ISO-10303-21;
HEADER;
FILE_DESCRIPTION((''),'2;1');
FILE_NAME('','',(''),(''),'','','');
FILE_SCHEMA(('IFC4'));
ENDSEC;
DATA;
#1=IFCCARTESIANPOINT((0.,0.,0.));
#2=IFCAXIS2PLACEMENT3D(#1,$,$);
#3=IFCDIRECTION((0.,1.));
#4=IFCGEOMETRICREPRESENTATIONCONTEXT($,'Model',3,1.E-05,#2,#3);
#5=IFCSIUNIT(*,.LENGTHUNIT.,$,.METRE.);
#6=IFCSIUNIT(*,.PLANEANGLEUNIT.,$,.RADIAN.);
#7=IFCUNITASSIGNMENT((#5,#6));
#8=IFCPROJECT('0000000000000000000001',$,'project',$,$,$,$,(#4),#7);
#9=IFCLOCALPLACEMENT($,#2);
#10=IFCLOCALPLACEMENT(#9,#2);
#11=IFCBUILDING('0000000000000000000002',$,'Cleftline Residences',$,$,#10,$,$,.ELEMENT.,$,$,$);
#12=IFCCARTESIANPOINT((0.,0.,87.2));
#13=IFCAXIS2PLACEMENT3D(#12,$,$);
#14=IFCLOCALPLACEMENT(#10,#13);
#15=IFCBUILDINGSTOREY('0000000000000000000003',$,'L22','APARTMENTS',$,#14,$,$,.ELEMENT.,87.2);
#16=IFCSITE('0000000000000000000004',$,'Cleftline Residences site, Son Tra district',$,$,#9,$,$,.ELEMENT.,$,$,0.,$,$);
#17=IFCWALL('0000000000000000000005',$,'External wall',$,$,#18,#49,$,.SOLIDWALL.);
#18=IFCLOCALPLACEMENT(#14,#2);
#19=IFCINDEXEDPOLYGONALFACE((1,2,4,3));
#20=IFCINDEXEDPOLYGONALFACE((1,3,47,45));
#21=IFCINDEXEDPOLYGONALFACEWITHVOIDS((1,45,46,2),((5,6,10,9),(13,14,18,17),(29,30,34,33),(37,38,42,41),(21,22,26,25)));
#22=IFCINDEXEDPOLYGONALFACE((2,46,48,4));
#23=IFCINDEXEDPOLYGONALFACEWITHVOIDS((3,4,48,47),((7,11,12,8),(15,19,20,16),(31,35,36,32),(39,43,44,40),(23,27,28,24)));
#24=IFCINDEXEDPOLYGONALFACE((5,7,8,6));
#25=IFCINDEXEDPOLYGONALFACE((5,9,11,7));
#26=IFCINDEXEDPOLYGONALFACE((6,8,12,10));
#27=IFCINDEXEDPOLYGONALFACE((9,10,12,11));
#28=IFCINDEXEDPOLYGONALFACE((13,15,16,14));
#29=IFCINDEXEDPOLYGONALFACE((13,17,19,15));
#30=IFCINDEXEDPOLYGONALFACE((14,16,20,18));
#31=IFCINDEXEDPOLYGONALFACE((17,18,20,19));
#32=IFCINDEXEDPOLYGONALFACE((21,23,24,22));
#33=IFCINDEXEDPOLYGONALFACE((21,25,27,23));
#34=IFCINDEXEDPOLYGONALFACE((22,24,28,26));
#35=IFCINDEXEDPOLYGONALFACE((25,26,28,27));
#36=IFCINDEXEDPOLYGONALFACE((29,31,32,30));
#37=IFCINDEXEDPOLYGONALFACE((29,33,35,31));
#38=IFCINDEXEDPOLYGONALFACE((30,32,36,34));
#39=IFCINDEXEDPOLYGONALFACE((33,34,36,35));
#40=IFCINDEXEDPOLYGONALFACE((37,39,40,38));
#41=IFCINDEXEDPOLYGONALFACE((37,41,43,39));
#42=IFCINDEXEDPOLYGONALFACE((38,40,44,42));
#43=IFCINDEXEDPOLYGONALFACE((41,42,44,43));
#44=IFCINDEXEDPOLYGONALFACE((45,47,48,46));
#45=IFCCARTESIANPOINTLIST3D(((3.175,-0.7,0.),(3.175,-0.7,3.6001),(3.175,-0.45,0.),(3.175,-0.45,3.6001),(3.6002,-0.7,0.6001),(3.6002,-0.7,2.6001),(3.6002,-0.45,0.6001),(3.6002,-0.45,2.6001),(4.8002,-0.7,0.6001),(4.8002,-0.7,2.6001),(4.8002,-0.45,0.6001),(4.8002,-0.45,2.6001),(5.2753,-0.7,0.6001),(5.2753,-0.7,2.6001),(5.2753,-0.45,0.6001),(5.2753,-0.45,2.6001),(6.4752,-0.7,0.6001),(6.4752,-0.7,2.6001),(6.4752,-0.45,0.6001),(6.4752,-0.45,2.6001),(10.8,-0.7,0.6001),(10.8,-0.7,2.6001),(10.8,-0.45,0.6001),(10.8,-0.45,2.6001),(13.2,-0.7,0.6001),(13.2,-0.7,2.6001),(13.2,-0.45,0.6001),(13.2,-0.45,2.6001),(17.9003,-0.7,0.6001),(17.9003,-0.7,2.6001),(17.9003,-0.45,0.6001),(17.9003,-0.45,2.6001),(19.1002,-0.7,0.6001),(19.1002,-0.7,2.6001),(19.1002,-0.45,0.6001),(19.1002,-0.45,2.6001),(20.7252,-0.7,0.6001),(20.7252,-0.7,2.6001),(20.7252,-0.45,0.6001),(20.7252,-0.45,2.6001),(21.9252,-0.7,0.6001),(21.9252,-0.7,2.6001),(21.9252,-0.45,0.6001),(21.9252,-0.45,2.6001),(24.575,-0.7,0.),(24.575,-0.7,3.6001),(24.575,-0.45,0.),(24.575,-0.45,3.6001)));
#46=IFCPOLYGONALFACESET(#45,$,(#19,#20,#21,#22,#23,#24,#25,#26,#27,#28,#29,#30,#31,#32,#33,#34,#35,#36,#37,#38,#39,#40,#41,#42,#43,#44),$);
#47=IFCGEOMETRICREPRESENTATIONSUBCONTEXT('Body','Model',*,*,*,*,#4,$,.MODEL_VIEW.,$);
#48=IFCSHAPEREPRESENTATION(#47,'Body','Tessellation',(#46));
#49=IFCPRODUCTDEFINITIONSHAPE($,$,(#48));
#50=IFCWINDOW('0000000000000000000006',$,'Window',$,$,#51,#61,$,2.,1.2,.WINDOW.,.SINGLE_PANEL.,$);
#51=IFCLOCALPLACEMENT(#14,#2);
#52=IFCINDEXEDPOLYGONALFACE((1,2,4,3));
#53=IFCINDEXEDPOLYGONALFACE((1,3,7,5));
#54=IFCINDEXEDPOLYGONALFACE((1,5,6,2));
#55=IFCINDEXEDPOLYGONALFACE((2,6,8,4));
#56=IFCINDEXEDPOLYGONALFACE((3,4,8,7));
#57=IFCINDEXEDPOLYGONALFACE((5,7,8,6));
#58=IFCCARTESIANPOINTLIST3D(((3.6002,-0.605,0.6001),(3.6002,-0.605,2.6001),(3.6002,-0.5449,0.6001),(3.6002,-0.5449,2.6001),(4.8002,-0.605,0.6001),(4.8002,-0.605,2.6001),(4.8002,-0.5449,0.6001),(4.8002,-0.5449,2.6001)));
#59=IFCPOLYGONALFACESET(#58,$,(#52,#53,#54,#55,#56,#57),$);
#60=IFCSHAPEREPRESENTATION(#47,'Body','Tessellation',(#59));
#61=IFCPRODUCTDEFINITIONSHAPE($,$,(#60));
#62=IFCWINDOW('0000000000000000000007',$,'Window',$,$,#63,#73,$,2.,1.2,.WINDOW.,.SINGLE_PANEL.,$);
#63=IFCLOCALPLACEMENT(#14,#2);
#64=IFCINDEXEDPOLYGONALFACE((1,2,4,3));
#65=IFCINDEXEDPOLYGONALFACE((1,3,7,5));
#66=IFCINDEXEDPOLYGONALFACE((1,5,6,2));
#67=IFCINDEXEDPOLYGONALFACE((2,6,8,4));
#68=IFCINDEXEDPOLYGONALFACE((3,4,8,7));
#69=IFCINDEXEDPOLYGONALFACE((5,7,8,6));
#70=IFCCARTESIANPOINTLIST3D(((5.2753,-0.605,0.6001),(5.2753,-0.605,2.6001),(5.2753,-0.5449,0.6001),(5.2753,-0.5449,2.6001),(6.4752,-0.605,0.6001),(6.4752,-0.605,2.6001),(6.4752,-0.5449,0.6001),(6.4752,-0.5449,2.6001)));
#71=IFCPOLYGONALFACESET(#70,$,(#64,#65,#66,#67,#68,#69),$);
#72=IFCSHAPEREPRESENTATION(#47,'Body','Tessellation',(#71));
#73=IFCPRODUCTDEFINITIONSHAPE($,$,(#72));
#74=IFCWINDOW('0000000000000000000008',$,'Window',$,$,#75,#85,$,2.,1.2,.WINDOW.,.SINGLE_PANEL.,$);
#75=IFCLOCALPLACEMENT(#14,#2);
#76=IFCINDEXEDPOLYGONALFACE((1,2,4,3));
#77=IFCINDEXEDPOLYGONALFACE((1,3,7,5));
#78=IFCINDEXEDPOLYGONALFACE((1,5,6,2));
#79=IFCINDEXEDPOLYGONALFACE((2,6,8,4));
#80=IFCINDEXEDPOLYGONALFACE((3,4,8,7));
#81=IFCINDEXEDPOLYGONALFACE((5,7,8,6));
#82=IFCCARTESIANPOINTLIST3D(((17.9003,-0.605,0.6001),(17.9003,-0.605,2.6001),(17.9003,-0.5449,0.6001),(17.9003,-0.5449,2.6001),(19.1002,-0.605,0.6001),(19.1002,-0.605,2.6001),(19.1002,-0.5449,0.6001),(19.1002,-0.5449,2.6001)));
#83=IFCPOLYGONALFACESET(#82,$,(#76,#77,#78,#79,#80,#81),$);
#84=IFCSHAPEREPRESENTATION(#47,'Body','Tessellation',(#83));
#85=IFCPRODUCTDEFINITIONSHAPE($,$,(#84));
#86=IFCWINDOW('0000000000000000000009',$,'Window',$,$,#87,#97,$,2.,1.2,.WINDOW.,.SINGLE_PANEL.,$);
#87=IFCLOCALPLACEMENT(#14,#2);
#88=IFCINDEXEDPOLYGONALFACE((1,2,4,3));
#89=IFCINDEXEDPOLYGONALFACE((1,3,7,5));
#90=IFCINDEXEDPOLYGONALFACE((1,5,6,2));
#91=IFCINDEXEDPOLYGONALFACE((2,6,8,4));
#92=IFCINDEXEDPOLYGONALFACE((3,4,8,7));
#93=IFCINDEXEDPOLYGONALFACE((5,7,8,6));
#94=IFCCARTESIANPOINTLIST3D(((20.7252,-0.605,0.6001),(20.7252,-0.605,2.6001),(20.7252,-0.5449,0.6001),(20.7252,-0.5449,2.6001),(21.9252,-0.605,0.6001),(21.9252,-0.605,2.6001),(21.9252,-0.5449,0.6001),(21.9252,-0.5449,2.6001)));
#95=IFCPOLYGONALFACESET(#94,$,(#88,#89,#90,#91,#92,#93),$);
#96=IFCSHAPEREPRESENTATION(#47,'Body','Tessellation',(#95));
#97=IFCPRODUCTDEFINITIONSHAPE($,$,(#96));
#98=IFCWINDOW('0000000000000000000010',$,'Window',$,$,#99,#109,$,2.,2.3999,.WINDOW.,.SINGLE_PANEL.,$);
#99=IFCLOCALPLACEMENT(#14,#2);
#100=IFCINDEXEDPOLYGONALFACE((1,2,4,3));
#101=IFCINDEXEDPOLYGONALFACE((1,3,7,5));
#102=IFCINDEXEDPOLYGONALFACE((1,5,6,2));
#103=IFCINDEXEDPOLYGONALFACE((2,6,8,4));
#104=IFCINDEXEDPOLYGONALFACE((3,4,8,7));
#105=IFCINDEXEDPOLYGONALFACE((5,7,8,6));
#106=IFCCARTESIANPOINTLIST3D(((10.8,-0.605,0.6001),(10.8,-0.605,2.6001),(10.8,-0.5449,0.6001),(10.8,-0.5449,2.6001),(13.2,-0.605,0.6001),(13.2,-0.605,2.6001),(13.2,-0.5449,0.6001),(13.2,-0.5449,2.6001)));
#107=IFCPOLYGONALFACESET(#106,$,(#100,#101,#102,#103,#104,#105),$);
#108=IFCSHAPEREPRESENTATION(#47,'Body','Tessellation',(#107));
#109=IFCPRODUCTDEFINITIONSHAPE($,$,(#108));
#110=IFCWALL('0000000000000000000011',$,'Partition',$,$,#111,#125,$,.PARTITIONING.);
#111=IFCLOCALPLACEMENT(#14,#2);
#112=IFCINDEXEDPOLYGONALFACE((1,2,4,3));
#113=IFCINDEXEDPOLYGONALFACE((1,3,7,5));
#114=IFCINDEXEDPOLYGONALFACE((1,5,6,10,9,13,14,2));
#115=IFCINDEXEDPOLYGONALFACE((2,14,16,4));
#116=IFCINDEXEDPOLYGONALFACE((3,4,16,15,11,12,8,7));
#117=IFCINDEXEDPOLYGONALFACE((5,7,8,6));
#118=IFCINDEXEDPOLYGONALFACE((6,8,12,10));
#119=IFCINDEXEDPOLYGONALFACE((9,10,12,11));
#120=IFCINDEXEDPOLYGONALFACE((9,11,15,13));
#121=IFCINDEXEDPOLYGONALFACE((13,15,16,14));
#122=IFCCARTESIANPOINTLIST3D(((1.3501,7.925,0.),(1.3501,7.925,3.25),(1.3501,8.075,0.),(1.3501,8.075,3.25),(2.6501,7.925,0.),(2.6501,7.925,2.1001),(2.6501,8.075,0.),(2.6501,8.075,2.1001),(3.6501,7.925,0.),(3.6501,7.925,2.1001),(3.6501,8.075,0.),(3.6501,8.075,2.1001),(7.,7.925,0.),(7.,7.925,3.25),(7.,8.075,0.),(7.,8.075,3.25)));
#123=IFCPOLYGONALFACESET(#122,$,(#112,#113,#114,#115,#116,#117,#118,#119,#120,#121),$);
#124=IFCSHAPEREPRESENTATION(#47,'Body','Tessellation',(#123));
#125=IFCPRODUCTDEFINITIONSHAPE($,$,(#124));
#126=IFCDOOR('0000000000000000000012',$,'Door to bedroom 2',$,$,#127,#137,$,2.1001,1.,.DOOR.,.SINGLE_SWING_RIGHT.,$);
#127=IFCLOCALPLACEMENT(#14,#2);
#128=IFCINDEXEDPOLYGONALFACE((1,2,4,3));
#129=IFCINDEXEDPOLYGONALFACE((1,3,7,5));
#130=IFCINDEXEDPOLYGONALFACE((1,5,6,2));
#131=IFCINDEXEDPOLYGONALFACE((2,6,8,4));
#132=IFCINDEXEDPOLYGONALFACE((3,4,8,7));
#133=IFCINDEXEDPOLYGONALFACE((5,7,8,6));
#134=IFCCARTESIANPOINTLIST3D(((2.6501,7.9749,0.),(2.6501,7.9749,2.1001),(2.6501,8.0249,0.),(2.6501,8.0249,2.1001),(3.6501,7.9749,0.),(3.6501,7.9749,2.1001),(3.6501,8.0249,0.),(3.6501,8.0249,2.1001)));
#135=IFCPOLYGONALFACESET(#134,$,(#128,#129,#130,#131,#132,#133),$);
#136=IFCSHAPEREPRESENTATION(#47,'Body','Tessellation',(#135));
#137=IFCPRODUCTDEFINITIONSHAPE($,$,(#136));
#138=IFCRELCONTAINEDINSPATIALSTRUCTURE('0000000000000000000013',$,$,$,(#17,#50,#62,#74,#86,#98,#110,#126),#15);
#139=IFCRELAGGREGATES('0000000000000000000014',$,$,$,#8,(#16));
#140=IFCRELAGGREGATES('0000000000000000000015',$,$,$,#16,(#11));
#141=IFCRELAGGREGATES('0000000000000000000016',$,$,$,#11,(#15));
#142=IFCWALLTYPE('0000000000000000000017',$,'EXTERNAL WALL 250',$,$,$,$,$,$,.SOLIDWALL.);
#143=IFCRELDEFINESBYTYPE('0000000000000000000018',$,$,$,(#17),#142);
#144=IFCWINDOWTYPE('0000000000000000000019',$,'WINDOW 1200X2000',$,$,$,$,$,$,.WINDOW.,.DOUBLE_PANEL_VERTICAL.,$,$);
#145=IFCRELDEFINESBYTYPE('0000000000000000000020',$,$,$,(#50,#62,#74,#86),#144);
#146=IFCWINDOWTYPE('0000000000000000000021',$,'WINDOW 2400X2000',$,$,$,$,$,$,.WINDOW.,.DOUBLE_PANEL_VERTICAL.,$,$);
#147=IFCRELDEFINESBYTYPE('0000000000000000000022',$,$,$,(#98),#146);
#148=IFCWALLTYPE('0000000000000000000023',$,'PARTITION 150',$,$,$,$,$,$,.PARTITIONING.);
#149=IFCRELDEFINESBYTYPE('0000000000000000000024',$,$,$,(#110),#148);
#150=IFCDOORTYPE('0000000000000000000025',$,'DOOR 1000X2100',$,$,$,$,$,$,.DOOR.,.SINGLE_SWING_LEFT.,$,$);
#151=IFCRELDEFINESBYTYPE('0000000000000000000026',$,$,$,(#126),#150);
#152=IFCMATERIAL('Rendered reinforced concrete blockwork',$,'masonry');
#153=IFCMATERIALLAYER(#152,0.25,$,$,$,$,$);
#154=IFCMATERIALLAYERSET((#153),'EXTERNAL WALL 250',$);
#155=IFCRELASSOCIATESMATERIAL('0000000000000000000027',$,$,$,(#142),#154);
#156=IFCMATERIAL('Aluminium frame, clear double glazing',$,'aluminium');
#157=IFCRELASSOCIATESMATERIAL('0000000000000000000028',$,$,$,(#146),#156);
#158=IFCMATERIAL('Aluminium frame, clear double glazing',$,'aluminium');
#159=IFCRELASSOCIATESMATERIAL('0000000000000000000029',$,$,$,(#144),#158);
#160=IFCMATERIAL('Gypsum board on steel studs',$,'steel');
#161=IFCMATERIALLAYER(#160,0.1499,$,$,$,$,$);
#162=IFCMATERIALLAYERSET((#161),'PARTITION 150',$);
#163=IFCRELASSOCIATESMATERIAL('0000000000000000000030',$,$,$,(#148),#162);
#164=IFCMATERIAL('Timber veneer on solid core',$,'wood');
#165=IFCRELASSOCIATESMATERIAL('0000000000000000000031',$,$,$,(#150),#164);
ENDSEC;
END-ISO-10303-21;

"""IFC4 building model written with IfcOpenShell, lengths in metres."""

from ifc_helpers import new_model, si_unit, direction, frame, frame_2d, origin, place, context, subcontext, project, spatial, rectangle, extrude, material, layer, layer_set, type_object, element, fill, save


model = new_model("IFC4")

# Units and contexts
model_context = context("Model", 3, precision=1e-05, world=origin(), true_north=direction((0.0, 1.0)))
body_context = subcontext(model_context, "Body", "Model", "MODEL_VIEW")
ifc_project = project(units=[si_unit("LENGTHUNIT", "METRE"), si_unit("PLANEANGLEUNIT", "RADIAN")], contexts=[model_context])

# Site, building, storey
site_placement = place(None, origin())
site = spatial("IfcSite", under=ifc_project, at=site_placement, Name="Cleftline Residences site, Son Tra district", CompositionType="ELEMENT", RefElevation=0.0)
building_placement = place(site_placement, origin())
building = spatial("IfcBuilding", under=site, at=building_placement, Name="Cleftline Residences", CompositionType="ELEMENT")
storey_placement = place(building_placement, frame((0.0, 0.0, 87.2)))
storey = spatial("IfcBuildingStorey", under=building, at=storey_placement, Name="L22", Description="APARTMENTS", CompositionType="ELEMENT", Elevation=87.2)

# Shared definitions
ifc_material_1 = material(Name="Rendered reinforced concrete blockwork", Category="masonry")
ifc_layer_1 = layer(ifc_material_1, 0.25)
ifc_layer_set_1 = layer_set([ifc_layer_1], Name="EXTERNAL WALL 250")
wall_type_1 = type_object("IfcWallType", Name="EXTERNAL WALL 250", PredefinedType="SOLIDWALL", material=ifc_layer_set_1)
ifc_material_2 = material(Name="Aluminium frame, clear double glazing", Category="aluminium")
window_type_1 = type_object("IfcWindowType", Name="WINDOW 2400X2000", PartitioningType="DOUBLE_PANEL_VERTICAL", PredefinedType="WINDOW", material=ifc_material_2)

# Wall, openings, windows
wall_1_placement = place(storey_placement, frame((3.175, -0.575, 0.0), z_axis=(0.0, 0.0, 1.0), x_axis=(1.0, 0.0, 0.0)))
wall_1 = element("IfcWall", 1, at=wall_1_placement, inside=storey, type_object=wall_type_1, Name="External wall", PredefinedType="SOLIDWALL", context=body_context, shape_type="SweptSolid", body=[
    extrude(rectangle(XDim=21.3999, YDim=0.25, at=frame_2d((10.7, 0.0))), origin(), (0.0, 0.0, 1.0), 3.6001),
])
opening_1_placement = place(wall_1_placement, frame((0.425, 0.0, 0.6001)))
opening_1 = element("IfcOpeningElement", 2, at=opening_1_placement, cuts=wall_1, PredefinedType="OPENING", context=body_context, shape_type="SweptSolid", body=[
    extrude(rectangle(XDim=1.2, YDim=2.0, at=frame_2d((0.6001, 1.0))), frame((0.0, 0.135, 0.0), z_axis=(0.0, -1.0, 0.0), x_axis=(1.0, 0.0, 0.0)), (0.0, 0.0, 1.0), 0.27),
])
opening_2_placement = place(wall_1_placement, frame((2.1001, 0.0, 0.6001)))
opening_2 = element("IfcOpeningElement", 3, at=opening_2_placement, cuts=wall_1, PredefinedType="OPENING", context=body_context, shape_type="SweptSolid", body=[
    extrude(rectangle(XDim=1.2, YDim=2.0, at=frame_2d((0.6001, 1.0))), frame((0.0, 0.135, 0.0), z_axis=(0.0, -1.0, 0.0), x_axis=(1.0, 0.0, 0.0)), (0.0, 0.0, 1.0), 0.27),
])
opening_3_placement = place(wall_1_placement, frame((7.625, 0.0, 0.6001)))
opening_3 = element("IfcOpeningElement", 4, at=opening_3_placement, cuts=wall_1, PredefinedType="OPENING", context=body_context, shape_type="SweptSolid", body=[
    extrude(rectangle(XDim=2.3999, YDim=2.0, at=frame_2d((1.2, 1.0))), frame((0.0, 0.135, 0.0), z_axis=(0.0, -1.0, 0.0), x_axis=(1.0, 0.0, 0.0)), (0.0, 0.0, 1.0), 0.27),
])
opening_4_placement = place(wall_1_placement, frame((14.7251, 0.0, 0.6001)))
opening_4 = element("IfcOpeningElement", 5, at=opening_4_placement, cuts=wall_1, PredefinedType="OPENING", context=body_context, shape_type="SweptSolid", body=[
    extrude(rectangle(XDim=1.2, YDim=2.0, at=frame_2d((0.6001, 1.0))), frame((0.0, 0.135, 0.0), z_axis=(0.0, -1.0, 0.0), x_axis=(1.0, 0.0, 0.0)), (0.0, 0.0, 1.0), 0.27),
])
opening_5_placement = place(wall_1_placement, frame((17.55, 0.0, 0.6001)))
opening_5 = element("IfcOpeningElement", 6, at=opening_5_placement, cuts=wall_1, PredefinedType="OPENING", context=body_context, shape_type="SweptSolid", body=[
    extrude(rectangle(XDim=1.2, YDim=2.0, at=frame_2d((0.6001, 1.0))), frame((0.0, 0.135, 0.0), z_axis=(0.0, -1.0, 0.0), x_axis=(1.0, 0.0, 0.0)), (0.0, 0.0, 1.0), 0.27),
])
ifc_material_3 = material(Name="Aluminium frame, clear double glazing", Category="aluminium")
window_type_2 = type_object("IfcWindowType", Name="WINDOW 1200X2000", PartitioningType="DOUBLE_PANEL_VERTICAL", PredefinedType="WINDOW", material=ifc_material_3)
window_1_placement = place(opening_1_placement, origin())
window_1 = element("IfcWindow", 7, at=window_1_placement, inside=storey, type_object=window_type_2, Name="Window", OverallHeight=2.0, OverallWidth=1.2, PartitioningType="SINGLE_PANEL", PredefinedType="WINDOW", context=body_context, shape_type="SweptSolid", body=[
    extrude(rectangle(XDim=1.2, YDim=2.0, at=frame_2d((0.6001, 1.0))), frame((0.0, 0.03, 0.0), z_axis=(0.0, -1.0, 0.0), x_axis=(1.0, 0.0, 0.0)), (0.0, 0.0, 1.0), 0.0601),
])
fill(opening_1, window_1)
window_2_placement = place(opening_2_placement, origin())
window_2 = element("IfcWindow", 8, at=window_2_placement, inside=storey, type_object=window_type_2, Name="Window", OverallHeight=2.0, OverallWidth=1.2, PartitioningType="SINGLE_PANEL", PredefinedType="WINDOW", context=body_context, shape_type="SweptSolid", body=[
    extrude(rectangle(XDim=1.2, YDim=2.0, at=frame_2d((0.6001, 1.0))), frame((0.0, 0.03, 0.0), z_axis=(0.0, -1.0, 0.0), x_axis=(1.0, 0.0, 0.0)), (0.0, 0.0, 1.0), 0.0601),
])
fill(opening_2, window_2)
window_3_placement = place(opening_4_placement, origin())
window_3 = element("IfcWindow", 9, at=window_3_placement, inside=storey, type_object=window_type_2, Name="Window", OverallHeight=2.0, OverallWidth=1.2, PartitioningType="SINGLE_PANEL", PredefinedType="WINDOW", context=body_context, shape_type="SweptSolid", body=[
    extrude(rectangle(XDim=1.2, YDim=2.0, at=frame_2d((0.6001, 1.0))), frame((0.0, 0.03, 0.0), z_axis=(0.0, -1.0, 0.0), x_axis=(1.0, 0.0, 0.0)), (0.0, 0.0, 1.0), 0.0601),
])
fill(opening_4, window_3)
window_4_placement = place(opening_5_placement, origin())
window_4 = element("IfcWindow", 10, at=window_4_placement, inside=storey, type_object=window_type_2, Name="Window", OverallHeight=2.0, OverallWidth=1.2, PartitioningType="SINGLE_PANEL", PredefinedType="WINDOW", context=body_context, shape_type="SweptSolid", body=[
    extrude(rectangle(XDim=1.2, YDim=2.0, at=frame_2d((0.6001, 1.0))), frame((0.0, 0.03, 0.0), z_axis=(0.0, -1.0, 0.0), x_axis=(1.0, 0.0, 0.0)), (0.0, 0.0, 1.0), 0.0601),
])
fill(opening_5, window_4)
window_5_placement = place(opening_3_placement, origin())
window_5 = element("IfcWindow", 11, at=window_5_placement, inside=storey, type_object=window_type_1, Name="Window", OverallHeight=2.0, OverallWidth=2.3999, PartitioningType="SINGLE_PANEL", PredefinedType="WINDOW", context=body_context, shape_type="SweptSolid", body=[
    extrude(rectangle(XDim=2.3999, YDim=2.0, at=frame_2d((1.2, 1.0))), frame((0.0, 0.03, 0.0), z_axis=(0.0, -1.0, 0.0), x_axis=(1.0, 0.0, 0.0)), (0.0, 0.0, 1.0), 0.0601),
])
fill(opening_3, window_5)

# Wall, opening, door
ifc_material_4 = material(Name="Gypsum board on steel studs", Category="steel")
ifc_layer_2 = layer(ifc_material_4, 0.1499)
ifc_layer_set_2 = layer_set([ifc_layer_2], Name="PARTITION 150")
wall_type_2 = type_object("IfcWallType", Name="PARTITION 150", PredefinedType="PARTITIONING", material=ifc_layer_set_2)
wall_2_placement = place(storey_placement, frame((1.3501, 8.0, 0.0), z_axis=(0.0, 0.0, 1.0), x_axis=(1.0, 0.0, 0.0)))
wall_2 = element("IfcWall", 12, at=wall_2_placement, inside=storey, type_object=wall_type_2, Name="Partition", PredefinedType="PARTITIONING", context=body_context, shape_type="SweptSolid", body=[
    extrude(rectangle(XDim=5.6499, YDim=0.1499, at=frame_2d((2.825, 0.0))), origin(), (0.0, 0.0, 1.0), 3.25),
])
opening_6_placement = place(wall_2_placement, frame((1.3, 0.0, 0.0)))
opening_6 = element("IfcOpeningElement", 13, at=opening_6_placement, cuts=wall_2, PredefinedType="OPENING", context=body_context, shape_type="SweptSolid", body=[
    extrude(rectangle(XDim=1.0, YDim=2.1001, at=frame_2d((0.5, 1.05))), frame((0.0, 0.085, 0.0), z_axis=(0.0, -1.0, 0.0), x_axis=(1.0, 0.0, 0.0)), (0.0, 0.0, 1.0), 0.1699),
])
ifc_material_5 = material(Name="Timber veneer on solid core", Category="wood")
door_type_1 = type_object("IfcDoorType", Name="DOOR 1000X2100", OperationType="SINGLE_SWING_LEFT", PredefinedType="DOOR", material=ifc_material_5)
door_1_placement = place(opening_6_placement, origin())
door_1 = element("IfcDoor", 14, at=door_1_placement, inside=storey, type_object=door_type_1, Name="Door to bedroom 2", OperationType="SINGLE_SWING_RIGHT", OverallHeight=2.1001, OverallWidth=1.0, PredefinedType="DOOR", context=body_context, shape_type="SweptSolid", body=[
    extrude(rectangle(XDim=1.0, YDim=2.1001, at=frame_2d((0.5, 1.05))), frame((0.0, 0.0249, 0.0), z_axis=(0.0, -1.0, 0.0), x_axis=(1.0, 0.0, 0.0)), (0.0, 0.0, 1.0), 0.05),
])
fill(opening_6, door_1)

save(model, "model.ifc")
